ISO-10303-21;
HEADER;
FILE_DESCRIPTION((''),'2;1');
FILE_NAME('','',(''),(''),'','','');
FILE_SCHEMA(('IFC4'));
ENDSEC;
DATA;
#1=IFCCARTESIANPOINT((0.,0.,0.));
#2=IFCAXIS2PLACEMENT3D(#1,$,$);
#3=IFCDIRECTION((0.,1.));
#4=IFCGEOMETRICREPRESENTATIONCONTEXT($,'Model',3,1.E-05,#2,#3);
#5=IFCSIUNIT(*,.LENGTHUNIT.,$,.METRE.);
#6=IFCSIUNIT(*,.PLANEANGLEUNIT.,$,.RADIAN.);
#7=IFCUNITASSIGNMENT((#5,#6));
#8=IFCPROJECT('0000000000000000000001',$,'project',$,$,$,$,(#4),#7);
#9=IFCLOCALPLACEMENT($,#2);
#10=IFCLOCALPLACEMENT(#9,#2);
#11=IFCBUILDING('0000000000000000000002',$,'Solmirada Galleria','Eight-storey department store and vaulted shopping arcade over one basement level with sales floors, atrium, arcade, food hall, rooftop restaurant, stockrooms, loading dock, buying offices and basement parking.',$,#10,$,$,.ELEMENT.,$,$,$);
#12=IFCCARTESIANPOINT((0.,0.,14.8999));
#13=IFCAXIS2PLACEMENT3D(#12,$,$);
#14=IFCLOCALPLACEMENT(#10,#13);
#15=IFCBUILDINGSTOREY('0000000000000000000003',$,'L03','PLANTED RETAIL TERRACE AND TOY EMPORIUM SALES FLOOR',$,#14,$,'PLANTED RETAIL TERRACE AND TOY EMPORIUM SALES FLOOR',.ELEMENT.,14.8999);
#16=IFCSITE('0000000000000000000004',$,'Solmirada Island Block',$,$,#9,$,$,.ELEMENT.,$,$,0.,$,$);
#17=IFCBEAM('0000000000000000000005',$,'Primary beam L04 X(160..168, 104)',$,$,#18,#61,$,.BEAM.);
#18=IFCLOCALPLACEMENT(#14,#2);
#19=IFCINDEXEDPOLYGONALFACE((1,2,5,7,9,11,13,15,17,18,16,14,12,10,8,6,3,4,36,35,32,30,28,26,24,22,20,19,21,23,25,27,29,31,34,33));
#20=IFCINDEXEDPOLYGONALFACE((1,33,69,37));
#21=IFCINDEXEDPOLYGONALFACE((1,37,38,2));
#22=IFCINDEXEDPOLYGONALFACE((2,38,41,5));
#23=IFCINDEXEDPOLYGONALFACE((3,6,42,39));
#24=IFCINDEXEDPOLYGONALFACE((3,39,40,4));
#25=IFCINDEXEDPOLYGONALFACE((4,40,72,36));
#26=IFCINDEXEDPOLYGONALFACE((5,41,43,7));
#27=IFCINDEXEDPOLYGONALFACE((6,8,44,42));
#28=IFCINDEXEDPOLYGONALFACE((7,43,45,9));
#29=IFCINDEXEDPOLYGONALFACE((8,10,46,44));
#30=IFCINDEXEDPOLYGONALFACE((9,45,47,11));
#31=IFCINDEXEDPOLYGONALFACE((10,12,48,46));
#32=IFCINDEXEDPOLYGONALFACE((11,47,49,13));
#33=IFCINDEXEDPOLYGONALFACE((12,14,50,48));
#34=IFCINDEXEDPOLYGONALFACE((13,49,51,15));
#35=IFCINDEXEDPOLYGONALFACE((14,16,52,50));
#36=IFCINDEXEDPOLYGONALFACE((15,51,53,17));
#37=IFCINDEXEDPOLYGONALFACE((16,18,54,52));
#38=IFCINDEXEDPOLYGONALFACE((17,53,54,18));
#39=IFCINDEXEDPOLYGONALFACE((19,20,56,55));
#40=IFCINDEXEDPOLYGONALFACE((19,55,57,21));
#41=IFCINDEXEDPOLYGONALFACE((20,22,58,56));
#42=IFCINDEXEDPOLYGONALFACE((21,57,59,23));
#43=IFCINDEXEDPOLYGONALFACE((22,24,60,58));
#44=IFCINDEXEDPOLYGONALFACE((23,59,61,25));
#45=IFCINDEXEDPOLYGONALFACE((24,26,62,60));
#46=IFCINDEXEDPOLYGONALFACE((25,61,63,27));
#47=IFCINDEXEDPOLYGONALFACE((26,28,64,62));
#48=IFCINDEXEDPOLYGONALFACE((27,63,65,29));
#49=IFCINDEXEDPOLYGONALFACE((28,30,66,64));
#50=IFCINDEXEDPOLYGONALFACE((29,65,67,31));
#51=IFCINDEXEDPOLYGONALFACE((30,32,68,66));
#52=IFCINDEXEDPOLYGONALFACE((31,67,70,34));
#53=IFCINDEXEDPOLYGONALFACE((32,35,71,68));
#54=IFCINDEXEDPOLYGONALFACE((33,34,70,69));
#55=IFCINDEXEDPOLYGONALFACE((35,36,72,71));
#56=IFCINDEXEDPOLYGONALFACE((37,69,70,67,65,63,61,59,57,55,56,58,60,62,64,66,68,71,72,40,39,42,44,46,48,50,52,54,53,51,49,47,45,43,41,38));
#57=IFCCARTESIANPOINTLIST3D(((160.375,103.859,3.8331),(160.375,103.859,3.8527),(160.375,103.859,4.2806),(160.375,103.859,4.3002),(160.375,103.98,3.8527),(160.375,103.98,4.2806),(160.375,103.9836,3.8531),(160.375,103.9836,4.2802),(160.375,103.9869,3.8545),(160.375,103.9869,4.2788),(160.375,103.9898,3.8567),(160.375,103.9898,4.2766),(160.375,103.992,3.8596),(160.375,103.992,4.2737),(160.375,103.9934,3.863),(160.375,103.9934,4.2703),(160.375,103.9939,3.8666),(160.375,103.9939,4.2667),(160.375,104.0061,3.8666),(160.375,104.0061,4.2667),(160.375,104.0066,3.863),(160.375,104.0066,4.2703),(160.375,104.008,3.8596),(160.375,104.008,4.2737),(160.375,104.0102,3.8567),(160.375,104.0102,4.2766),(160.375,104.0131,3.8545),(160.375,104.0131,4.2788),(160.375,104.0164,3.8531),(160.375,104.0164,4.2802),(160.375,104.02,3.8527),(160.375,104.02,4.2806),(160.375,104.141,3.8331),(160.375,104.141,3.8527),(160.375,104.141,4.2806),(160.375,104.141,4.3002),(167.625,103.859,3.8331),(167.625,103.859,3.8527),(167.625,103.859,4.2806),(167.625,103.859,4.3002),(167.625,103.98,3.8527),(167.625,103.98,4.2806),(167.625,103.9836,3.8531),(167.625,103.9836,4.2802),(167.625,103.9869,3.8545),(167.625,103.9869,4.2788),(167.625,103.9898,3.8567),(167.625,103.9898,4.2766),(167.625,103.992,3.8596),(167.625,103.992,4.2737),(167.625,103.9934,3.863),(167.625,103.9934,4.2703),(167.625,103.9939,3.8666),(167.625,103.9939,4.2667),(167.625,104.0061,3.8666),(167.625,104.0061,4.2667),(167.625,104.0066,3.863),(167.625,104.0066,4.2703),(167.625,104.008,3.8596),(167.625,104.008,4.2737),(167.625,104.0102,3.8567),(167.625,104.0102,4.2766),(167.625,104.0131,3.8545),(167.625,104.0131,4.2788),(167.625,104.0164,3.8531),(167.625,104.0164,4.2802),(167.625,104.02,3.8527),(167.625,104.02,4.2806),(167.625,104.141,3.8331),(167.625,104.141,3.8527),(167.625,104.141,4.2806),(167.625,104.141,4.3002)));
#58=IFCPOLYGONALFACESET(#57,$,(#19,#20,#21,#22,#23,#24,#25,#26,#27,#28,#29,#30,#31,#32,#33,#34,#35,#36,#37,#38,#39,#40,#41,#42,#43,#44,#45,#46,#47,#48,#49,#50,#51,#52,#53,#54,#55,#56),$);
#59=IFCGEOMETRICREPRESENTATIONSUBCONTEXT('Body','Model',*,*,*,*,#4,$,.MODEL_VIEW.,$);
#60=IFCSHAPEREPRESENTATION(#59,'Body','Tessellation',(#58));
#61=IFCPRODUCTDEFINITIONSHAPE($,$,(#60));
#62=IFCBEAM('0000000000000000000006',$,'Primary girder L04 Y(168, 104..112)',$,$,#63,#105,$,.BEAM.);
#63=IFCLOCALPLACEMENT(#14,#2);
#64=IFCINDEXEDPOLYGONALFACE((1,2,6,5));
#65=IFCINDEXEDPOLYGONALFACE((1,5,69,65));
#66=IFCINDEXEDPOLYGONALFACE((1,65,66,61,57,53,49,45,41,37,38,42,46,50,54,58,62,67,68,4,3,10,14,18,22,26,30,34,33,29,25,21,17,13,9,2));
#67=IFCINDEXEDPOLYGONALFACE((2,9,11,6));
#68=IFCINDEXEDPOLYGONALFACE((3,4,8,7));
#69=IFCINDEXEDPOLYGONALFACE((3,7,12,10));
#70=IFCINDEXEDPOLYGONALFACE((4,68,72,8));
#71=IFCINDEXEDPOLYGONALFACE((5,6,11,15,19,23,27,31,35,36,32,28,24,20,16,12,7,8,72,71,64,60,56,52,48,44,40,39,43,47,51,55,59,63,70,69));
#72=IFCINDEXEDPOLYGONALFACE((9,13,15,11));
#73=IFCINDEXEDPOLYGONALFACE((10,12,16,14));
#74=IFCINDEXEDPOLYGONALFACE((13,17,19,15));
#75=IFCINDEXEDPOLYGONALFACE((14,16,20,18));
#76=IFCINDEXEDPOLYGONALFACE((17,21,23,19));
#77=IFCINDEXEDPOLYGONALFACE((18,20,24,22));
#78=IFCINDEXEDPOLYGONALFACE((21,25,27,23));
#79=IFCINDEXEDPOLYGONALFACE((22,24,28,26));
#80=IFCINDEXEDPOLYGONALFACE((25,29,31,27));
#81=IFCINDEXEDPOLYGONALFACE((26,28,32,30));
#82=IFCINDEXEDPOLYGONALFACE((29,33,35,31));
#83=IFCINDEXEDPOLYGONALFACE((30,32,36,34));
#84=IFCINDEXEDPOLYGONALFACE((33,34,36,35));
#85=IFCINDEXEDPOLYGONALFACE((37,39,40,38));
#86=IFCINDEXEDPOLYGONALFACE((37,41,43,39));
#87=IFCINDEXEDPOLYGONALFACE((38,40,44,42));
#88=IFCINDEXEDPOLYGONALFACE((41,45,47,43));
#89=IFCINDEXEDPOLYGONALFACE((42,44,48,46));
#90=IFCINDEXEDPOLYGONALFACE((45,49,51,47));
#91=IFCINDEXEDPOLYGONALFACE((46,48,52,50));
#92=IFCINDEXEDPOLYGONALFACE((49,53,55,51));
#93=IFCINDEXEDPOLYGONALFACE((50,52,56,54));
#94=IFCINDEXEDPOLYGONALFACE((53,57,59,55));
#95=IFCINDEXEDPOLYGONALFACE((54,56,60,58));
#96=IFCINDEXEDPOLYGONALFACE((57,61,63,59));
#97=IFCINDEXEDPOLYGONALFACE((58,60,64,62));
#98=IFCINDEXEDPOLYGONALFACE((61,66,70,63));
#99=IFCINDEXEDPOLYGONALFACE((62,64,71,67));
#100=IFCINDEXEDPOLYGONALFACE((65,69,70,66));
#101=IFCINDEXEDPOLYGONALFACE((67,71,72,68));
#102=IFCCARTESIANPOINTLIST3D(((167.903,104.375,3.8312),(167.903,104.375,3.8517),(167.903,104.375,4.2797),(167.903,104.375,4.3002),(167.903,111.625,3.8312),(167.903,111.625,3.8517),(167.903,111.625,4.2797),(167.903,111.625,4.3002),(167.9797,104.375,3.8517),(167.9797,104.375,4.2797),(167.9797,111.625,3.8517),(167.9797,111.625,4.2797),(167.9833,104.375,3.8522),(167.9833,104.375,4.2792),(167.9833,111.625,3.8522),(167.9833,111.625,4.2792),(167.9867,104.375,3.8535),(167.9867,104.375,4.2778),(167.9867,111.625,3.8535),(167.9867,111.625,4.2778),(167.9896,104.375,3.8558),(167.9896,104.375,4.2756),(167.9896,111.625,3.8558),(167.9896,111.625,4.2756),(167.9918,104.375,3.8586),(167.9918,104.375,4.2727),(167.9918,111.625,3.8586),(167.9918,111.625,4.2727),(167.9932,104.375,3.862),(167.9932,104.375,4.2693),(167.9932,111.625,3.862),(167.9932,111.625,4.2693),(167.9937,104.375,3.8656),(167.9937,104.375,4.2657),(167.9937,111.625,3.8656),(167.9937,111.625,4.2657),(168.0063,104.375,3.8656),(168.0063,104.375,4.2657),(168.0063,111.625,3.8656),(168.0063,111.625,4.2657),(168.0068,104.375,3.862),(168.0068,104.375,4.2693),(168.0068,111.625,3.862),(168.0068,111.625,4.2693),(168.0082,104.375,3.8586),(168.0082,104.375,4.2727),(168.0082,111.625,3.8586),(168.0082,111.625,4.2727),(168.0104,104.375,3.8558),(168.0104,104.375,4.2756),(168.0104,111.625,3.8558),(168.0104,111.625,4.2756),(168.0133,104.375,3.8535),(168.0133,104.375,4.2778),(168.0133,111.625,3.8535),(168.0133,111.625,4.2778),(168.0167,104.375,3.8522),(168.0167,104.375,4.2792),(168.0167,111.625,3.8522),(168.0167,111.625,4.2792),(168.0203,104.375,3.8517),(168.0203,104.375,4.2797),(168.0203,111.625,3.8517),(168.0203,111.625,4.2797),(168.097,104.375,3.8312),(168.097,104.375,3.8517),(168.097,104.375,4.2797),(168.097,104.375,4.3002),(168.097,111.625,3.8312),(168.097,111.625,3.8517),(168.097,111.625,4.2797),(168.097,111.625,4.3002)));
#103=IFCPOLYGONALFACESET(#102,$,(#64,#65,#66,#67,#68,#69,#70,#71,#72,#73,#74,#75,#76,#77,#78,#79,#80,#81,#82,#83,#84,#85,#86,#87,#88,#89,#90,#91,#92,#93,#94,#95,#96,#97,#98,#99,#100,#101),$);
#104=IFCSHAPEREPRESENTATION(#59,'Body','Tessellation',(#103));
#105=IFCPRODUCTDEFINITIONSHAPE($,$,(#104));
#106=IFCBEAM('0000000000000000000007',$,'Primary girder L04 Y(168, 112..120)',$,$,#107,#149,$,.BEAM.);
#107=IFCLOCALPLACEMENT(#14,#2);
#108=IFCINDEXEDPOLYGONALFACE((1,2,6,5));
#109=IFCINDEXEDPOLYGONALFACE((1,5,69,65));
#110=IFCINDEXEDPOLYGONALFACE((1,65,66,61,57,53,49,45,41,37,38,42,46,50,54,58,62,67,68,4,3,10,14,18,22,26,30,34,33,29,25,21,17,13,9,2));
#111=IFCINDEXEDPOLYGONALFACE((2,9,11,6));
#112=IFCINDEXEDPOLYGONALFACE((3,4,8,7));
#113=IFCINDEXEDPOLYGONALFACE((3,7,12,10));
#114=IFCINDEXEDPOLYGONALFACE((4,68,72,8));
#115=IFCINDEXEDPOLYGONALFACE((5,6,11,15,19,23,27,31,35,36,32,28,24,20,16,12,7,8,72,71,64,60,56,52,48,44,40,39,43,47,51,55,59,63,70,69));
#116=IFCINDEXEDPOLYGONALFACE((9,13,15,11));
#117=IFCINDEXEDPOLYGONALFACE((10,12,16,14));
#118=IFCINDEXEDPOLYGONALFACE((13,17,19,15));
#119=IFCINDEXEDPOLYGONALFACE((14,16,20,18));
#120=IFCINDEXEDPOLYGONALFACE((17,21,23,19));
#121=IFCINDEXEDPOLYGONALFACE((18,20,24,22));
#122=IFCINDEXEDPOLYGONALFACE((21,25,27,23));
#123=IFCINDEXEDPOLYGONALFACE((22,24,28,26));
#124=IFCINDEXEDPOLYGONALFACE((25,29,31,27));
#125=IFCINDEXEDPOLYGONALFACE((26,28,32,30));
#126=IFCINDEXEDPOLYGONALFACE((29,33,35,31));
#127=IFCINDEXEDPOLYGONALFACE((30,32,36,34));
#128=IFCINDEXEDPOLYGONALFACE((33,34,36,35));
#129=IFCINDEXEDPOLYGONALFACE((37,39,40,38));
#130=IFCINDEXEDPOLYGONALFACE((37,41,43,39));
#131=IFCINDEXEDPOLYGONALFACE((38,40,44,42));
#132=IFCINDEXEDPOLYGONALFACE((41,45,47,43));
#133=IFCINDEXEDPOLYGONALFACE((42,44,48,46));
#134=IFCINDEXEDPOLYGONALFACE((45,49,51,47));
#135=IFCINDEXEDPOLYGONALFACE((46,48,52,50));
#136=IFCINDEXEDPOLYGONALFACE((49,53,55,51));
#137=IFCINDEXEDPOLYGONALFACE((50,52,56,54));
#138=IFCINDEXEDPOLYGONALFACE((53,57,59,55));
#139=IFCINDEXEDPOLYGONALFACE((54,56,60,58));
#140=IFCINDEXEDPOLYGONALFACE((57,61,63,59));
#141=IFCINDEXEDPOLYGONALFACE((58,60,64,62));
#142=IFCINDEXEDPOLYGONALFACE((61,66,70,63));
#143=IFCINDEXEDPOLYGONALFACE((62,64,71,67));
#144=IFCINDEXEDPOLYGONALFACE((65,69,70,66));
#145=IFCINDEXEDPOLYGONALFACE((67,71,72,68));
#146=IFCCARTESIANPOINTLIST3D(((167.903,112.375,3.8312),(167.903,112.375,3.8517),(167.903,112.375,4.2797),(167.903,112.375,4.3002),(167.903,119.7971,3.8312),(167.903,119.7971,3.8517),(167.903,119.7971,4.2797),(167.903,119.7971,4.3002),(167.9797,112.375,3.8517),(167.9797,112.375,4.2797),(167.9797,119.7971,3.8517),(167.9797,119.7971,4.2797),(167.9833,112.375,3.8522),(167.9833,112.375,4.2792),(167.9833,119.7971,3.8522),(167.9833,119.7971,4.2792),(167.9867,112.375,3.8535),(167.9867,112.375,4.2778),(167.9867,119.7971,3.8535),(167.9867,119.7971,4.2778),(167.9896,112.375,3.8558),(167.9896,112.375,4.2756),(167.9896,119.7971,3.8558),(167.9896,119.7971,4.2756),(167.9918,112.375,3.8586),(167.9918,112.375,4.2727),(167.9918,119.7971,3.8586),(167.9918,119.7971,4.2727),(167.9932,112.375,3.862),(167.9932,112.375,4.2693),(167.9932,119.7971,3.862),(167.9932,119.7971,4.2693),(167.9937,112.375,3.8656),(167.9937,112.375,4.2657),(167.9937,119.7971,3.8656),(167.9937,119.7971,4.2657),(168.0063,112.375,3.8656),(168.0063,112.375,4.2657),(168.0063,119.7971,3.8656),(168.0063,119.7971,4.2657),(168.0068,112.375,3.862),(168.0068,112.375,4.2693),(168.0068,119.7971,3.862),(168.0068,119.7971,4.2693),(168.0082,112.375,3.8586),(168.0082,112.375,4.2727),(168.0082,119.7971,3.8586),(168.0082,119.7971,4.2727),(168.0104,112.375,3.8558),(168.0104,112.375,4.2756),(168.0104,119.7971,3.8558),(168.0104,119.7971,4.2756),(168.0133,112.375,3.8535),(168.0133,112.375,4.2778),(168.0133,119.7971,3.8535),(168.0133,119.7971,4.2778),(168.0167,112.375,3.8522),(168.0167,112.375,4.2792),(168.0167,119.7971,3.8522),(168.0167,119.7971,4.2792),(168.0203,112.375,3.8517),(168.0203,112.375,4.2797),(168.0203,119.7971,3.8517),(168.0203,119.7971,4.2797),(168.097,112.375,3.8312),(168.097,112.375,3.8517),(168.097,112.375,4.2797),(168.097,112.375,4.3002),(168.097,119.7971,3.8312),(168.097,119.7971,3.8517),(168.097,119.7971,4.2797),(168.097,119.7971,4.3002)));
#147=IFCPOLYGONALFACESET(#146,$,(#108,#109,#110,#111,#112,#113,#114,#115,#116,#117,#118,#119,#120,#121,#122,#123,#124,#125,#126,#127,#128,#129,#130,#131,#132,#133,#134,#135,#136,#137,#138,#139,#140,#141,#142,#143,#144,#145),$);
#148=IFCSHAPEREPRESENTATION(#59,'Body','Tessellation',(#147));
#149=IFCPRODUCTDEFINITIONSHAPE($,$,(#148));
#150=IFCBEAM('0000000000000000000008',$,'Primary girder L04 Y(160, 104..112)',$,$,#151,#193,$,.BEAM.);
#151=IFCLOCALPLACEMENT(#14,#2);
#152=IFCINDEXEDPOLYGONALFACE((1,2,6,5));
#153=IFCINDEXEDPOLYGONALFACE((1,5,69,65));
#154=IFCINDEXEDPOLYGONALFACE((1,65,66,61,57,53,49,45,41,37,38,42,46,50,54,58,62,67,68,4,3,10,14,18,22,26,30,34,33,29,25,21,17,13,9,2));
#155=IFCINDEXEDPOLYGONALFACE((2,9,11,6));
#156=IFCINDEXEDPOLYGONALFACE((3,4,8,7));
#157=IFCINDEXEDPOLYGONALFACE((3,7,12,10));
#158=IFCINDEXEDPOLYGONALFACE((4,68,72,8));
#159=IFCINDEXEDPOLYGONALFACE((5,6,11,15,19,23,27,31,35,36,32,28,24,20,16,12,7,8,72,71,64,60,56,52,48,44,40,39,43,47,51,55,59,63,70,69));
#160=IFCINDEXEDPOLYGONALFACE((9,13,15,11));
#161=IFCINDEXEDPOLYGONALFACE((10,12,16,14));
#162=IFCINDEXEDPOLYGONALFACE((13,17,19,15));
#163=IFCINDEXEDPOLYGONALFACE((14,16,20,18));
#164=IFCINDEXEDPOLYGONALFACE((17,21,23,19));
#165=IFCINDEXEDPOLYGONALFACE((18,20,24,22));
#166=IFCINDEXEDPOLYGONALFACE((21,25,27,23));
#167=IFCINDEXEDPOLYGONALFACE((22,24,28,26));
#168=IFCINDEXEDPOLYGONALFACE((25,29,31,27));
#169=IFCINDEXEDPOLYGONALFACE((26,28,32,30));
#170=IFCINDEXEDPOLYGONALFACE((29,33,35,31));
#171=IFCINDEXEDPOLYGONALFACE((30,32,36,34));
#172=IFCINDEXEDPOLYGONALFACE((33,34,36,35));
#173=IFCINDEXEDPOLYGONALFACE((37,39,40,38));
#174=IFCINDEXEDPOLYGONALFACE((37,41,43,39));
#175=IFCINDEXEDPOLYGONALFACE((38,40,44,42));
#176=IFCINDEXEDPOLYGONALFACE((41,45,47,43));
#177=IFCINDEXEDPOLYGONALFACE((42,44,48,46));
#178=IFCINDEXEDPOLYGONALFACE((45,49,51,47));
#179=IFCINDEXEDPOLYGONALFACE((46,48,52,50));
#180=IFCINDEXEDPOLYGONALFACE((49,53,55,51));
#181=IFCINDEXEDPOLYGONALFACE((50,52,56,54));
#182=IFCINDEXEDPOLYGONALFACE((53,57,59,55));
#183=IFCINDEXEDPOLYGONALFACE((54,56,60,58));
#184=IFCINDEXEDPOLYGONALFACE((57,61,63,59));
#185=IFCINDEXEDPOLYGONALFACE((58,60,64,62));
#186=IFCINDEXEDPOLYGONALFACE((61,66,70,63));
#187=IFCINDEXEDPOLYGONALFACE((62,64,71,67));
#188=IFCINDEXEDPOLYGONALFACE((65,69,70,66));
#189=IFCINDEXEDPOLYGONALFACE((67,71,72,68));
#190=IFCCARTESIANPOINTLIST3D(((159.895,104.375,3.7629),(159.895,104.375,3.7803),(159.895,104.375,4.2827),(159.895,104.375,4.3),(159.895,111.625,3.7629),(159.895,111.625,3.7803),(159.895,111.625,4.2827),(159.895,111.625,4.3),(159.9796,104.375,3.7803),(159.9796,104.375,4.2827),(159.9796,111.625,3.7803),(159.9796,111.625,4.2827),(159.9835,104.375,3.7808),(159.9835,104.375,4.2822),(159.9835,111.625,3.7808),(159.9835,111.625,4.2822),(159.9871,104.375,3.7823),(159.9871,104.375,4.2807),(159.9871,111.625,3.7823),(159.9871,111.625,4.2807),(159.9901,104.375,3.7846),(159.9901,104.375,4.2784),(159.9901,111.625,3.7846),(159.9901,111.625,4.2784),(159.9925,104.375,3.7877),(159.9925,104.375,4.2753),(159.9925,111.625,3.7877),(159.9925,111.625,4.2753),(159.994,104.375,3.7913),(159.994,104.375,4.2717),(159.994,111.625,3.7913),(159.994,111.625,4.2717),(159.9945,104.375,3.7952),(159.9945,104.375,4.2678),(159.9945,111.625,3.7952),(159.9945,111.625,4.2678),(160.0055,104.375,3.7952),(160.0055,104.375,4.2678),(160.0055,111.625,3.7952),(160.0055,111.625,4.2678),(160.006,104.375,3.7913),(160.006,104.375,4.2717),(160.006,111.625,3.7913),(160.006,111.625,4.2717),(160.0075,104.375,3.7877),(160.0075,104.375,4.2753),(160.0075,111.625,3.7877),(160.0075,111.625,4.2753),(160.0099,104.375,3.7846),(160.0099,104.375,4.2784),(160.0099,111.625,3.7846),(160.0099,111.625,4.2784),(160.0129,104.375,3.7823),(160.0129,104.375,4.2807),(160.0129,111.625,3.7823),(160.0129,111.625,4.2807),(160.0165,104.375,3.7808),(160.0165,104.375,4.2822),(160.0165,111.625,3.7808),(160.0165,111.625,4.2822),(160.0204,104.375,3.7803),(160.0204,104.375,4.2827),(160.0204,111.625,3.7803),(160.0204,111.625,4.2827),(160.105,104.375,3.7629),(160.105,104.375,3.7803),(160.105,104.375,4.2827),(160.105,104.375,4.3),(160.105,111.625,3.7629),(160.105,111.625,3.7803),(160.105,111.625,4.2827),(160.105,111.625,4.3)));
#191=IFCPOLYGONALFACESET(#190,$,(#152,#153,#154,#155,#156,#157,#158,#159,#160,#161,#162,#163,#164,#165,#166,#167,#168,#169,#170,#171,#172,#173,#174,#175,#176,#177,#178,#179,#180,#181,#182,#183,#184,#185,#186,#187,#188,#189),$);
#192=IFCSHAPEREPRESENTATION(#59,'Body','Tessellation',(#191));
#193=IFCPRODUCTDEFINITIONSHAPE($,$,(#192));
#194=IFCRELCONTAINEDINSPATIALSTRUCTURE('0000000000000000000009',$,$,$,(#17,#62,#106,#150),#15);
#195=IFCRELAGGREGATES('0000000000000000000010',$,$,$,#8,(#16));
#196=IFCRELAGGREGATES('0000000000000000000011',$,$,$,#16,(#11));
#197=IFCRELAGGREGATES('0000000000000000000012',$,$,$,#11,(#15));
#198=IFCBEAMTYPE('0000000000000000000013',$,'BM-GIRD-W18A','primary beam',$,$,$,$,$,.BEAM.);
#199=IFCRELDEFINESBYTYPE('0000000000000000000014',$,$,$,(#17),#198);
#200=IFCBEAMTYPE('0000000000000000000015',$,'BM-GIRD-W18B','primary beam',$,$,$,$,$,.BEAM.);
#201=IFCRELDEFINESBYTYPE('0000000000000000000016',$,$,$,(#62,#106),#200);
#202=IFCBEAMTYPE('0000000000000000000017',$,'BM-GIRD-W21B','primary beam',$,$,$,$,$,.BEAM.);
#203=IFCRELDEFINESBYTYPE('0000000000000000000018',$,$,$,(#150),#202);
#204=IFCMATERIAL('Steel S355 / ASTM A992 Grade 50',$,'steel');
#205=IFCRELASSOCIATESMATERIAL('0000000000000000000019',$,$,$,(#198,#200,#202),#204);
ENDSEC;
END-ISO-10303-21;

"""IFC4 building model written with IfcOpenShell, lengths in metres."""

from ifc_helpers import new_model, si_unit, direction, frame, origin, origin_2d, place, context, subcontext, project, spatial, i_section, extrude, material, material_profile, profile_set, type_object, element, save


model = new_model("IFC4")

# Units and contexts
model_context = context("Model", 3, precision=1e-05, world=origin(), true_north=direction((0.0, 1.0)))
body_context = subcontext(model_context, "Body", "Model", "MODEL_VIEW")
ifc_project = project(units=[si_unit("LENGTHUNIT", "METRE"), si_unit("PLANEANGLEUNIT", "RADIAN")], contexts=[model_context])

# Site, building, storey
site_placement = place(None, origin())
site = spatial("IfcSite", under=ifc_project, at=site_placement, Name="Solmirada Island Block", CompositionType="ELEMENT", RefElevation=0.0)
building_placement = place(site_placement, origin())
building = spatial("IfcBuilding", under=site, at=building_placement, Name="Solmirada Galleria", Description="Eight-storey department store and vaulted shopping arcade over one basement level with sales floors, atrium, arcade, food hall, rooftop restaurant, stockrooms, loading dock, buying offices and basement parking.", CompositionType="ELEMENT")
storey_placement = place(building_placement, frame((0.0, 0.0, 14.8999)))
storey = spatial("IfcBuildingStorey", under=building, at=storey_placement, Name="L03", Description="PLANTED RETAIL TERRACE AND TOY EMPORIUM SALES FLOOR", LongName="PLANTED RETAIL TERRACE AND TOY EMPORIUM SALES FLOOR", CompositionType="ELEMENT", Elevation=14.8999)

# Beams
ifc_material_1 = material(Name="Steel S355 / ASTM A992 Grade 50", Category="steel")
ifc_material_profile_1 = material_profile(ifc_material_1, i_section(OverallWidth=0.282, OverallDepth=0.467, WebThickness=0.0122, FlangeThickness=0.0195, FilletRadius=0.0139, at=origin_2d()), Name="W18X86")
ifc_profile_set_1 = profile_set([ifc_material_profile_1], Name="Steel S355 / ASTM A992 Grade 50")
beam_type_1 = type_object("IfcBeamType", Name="BM-GIRD-W18A", Description="primary beam", PredefinedType="BEAM", material=ifc_profile_set_1)
beam_1_placement = place(storey_placement, frame((160.375, 104.0, 4.0667), z_axis=(1.0, 0.0, 0.0), x_axis=(0.0, 1.0, 0.0)))
element("IfcBeam", 1, at=beam_1_placement, inside=storey, type_object=beam_type_1, Name="Primary beam L04 X(160..168, 104)", PredefinedType="BEAM", context=body_context, shape_type="SweptSolid", body=[
    extrude(i_section(OverallWidth=0.282, OverallDepth=0.467, WebThickness=0.0122, FlangeThickness=0.0195, FilletRadius=0.0139, at=origin_2d()), origin(), (0.0, 0.0, 1.0), 7.25),
])
ifc_material_profile_2 = material_profile(ifc_material_1, i_section(OverallWidth=0.1941, OverallDepth=0.469, WebThickness=0.0127, FlangeThickness=0.0205, FilletRadius=0.0139, at=origin_2d()), Name="W18X71")
ifc_profile_set_2 = profile_set([ifc_material_profile_2], Name="Steel S355 / ASTM A992 Grade 50")
beam_type_2 = type_object("IfcBeamType", Name="BM-GIRD-W18B", Description="primary beam", PredefinedType="BEAM", material=ifc_profile_set_2)
beam_2_placement = place(storey_placement, frame((168.0, 104.375, 4.0657), z_axis=(0.0, 1.0, 0.0), x_axis=(-1.0, 0.0, 0.0)))
element("IfcBeam", 2, at=beam_2_placement, inside=storey, type_object=beam_type_2, Name="Primary girder L04 Y(168, 104..112)", PredefinedType="BEAM", context=body_context, shape_type="SweptSolid", body=[
    extrude(i_section(OverallWidth=0.1941, OverallDepth=0.469, WebThickness=0.0127, FlangeThickness=0.0205, FilletRadius=0.0139, at=origin_2d()), origin(), (0.0, 0.0, 1.0), 7.25),
])
beam_3_placement = place(storey_placement, frame((168.0, 112.375, 4.0657), z_axis=(0.0, 1.0, 0.0), x_axis=(-1.0, 0.0, 0.0)))
element("IfcBeam", 3, at=beam_3_placement, inside=storey, type_object=beam_type_2, Name="Primary girder L04 Y(168, 112..120)", PredefinedType="BEAM", context=body_context, shape_type="SweptSolid", body=[
    extrude(i_section(OverallWidth=0.1941, OverallDepth=0.469, WebThickness=0.0127, FlangeThickness=0.0205, FilletRadius=0.0139, at=origin_2d()), origin(), (0.0, 0.0, 1.0), 7.4221),
])
ifc_material_profile_3 = material_profile(ifc_material_1, i_section(OverallWidth=0.21, OverallDepth=0.5371, WebThickness=0.011, FlangeThickness=0.0173, FilletRadius=0.0149, at=origin_2d()), Name="W21X68")
ifc_profile_set_3 = profile_set([ifc_material_profile_3], Name="Steel S355 / ASTM A992 Grade 50")
beam_type_3 = type_object("IfcBeamType", Name="BM-GIRD-W21B", Description="primary beam", PredefinedType="BEAM", material=ifc_profile_set_3)
beam_4_placement = place(storey_placement, frame((160.0, 104.375, 4.0315), z_axis=(0.0, 1.0, 0.0), x_axis=(-1.0, 0.0, 0.0)))
element("IfcBeam", 4, at=beam_4_placement, inside=storey, type_object=beam_type_3, Name="Primary girder L04 Y(160, 104..112)", PredefinedType="BEAM", context=body_context, shape_type="SweptSolid", body=[
    extrude(i_section(OverallWidth=0.21, OverallDepth=0.5371, WebThickness=0.011, FlangeThickness=0.0173, FilletRadius=0.0149, at=origin_2d()), origin(), (0.0, 0.0, 1.0), 7.25),
])

save(model, "model.ifc")
